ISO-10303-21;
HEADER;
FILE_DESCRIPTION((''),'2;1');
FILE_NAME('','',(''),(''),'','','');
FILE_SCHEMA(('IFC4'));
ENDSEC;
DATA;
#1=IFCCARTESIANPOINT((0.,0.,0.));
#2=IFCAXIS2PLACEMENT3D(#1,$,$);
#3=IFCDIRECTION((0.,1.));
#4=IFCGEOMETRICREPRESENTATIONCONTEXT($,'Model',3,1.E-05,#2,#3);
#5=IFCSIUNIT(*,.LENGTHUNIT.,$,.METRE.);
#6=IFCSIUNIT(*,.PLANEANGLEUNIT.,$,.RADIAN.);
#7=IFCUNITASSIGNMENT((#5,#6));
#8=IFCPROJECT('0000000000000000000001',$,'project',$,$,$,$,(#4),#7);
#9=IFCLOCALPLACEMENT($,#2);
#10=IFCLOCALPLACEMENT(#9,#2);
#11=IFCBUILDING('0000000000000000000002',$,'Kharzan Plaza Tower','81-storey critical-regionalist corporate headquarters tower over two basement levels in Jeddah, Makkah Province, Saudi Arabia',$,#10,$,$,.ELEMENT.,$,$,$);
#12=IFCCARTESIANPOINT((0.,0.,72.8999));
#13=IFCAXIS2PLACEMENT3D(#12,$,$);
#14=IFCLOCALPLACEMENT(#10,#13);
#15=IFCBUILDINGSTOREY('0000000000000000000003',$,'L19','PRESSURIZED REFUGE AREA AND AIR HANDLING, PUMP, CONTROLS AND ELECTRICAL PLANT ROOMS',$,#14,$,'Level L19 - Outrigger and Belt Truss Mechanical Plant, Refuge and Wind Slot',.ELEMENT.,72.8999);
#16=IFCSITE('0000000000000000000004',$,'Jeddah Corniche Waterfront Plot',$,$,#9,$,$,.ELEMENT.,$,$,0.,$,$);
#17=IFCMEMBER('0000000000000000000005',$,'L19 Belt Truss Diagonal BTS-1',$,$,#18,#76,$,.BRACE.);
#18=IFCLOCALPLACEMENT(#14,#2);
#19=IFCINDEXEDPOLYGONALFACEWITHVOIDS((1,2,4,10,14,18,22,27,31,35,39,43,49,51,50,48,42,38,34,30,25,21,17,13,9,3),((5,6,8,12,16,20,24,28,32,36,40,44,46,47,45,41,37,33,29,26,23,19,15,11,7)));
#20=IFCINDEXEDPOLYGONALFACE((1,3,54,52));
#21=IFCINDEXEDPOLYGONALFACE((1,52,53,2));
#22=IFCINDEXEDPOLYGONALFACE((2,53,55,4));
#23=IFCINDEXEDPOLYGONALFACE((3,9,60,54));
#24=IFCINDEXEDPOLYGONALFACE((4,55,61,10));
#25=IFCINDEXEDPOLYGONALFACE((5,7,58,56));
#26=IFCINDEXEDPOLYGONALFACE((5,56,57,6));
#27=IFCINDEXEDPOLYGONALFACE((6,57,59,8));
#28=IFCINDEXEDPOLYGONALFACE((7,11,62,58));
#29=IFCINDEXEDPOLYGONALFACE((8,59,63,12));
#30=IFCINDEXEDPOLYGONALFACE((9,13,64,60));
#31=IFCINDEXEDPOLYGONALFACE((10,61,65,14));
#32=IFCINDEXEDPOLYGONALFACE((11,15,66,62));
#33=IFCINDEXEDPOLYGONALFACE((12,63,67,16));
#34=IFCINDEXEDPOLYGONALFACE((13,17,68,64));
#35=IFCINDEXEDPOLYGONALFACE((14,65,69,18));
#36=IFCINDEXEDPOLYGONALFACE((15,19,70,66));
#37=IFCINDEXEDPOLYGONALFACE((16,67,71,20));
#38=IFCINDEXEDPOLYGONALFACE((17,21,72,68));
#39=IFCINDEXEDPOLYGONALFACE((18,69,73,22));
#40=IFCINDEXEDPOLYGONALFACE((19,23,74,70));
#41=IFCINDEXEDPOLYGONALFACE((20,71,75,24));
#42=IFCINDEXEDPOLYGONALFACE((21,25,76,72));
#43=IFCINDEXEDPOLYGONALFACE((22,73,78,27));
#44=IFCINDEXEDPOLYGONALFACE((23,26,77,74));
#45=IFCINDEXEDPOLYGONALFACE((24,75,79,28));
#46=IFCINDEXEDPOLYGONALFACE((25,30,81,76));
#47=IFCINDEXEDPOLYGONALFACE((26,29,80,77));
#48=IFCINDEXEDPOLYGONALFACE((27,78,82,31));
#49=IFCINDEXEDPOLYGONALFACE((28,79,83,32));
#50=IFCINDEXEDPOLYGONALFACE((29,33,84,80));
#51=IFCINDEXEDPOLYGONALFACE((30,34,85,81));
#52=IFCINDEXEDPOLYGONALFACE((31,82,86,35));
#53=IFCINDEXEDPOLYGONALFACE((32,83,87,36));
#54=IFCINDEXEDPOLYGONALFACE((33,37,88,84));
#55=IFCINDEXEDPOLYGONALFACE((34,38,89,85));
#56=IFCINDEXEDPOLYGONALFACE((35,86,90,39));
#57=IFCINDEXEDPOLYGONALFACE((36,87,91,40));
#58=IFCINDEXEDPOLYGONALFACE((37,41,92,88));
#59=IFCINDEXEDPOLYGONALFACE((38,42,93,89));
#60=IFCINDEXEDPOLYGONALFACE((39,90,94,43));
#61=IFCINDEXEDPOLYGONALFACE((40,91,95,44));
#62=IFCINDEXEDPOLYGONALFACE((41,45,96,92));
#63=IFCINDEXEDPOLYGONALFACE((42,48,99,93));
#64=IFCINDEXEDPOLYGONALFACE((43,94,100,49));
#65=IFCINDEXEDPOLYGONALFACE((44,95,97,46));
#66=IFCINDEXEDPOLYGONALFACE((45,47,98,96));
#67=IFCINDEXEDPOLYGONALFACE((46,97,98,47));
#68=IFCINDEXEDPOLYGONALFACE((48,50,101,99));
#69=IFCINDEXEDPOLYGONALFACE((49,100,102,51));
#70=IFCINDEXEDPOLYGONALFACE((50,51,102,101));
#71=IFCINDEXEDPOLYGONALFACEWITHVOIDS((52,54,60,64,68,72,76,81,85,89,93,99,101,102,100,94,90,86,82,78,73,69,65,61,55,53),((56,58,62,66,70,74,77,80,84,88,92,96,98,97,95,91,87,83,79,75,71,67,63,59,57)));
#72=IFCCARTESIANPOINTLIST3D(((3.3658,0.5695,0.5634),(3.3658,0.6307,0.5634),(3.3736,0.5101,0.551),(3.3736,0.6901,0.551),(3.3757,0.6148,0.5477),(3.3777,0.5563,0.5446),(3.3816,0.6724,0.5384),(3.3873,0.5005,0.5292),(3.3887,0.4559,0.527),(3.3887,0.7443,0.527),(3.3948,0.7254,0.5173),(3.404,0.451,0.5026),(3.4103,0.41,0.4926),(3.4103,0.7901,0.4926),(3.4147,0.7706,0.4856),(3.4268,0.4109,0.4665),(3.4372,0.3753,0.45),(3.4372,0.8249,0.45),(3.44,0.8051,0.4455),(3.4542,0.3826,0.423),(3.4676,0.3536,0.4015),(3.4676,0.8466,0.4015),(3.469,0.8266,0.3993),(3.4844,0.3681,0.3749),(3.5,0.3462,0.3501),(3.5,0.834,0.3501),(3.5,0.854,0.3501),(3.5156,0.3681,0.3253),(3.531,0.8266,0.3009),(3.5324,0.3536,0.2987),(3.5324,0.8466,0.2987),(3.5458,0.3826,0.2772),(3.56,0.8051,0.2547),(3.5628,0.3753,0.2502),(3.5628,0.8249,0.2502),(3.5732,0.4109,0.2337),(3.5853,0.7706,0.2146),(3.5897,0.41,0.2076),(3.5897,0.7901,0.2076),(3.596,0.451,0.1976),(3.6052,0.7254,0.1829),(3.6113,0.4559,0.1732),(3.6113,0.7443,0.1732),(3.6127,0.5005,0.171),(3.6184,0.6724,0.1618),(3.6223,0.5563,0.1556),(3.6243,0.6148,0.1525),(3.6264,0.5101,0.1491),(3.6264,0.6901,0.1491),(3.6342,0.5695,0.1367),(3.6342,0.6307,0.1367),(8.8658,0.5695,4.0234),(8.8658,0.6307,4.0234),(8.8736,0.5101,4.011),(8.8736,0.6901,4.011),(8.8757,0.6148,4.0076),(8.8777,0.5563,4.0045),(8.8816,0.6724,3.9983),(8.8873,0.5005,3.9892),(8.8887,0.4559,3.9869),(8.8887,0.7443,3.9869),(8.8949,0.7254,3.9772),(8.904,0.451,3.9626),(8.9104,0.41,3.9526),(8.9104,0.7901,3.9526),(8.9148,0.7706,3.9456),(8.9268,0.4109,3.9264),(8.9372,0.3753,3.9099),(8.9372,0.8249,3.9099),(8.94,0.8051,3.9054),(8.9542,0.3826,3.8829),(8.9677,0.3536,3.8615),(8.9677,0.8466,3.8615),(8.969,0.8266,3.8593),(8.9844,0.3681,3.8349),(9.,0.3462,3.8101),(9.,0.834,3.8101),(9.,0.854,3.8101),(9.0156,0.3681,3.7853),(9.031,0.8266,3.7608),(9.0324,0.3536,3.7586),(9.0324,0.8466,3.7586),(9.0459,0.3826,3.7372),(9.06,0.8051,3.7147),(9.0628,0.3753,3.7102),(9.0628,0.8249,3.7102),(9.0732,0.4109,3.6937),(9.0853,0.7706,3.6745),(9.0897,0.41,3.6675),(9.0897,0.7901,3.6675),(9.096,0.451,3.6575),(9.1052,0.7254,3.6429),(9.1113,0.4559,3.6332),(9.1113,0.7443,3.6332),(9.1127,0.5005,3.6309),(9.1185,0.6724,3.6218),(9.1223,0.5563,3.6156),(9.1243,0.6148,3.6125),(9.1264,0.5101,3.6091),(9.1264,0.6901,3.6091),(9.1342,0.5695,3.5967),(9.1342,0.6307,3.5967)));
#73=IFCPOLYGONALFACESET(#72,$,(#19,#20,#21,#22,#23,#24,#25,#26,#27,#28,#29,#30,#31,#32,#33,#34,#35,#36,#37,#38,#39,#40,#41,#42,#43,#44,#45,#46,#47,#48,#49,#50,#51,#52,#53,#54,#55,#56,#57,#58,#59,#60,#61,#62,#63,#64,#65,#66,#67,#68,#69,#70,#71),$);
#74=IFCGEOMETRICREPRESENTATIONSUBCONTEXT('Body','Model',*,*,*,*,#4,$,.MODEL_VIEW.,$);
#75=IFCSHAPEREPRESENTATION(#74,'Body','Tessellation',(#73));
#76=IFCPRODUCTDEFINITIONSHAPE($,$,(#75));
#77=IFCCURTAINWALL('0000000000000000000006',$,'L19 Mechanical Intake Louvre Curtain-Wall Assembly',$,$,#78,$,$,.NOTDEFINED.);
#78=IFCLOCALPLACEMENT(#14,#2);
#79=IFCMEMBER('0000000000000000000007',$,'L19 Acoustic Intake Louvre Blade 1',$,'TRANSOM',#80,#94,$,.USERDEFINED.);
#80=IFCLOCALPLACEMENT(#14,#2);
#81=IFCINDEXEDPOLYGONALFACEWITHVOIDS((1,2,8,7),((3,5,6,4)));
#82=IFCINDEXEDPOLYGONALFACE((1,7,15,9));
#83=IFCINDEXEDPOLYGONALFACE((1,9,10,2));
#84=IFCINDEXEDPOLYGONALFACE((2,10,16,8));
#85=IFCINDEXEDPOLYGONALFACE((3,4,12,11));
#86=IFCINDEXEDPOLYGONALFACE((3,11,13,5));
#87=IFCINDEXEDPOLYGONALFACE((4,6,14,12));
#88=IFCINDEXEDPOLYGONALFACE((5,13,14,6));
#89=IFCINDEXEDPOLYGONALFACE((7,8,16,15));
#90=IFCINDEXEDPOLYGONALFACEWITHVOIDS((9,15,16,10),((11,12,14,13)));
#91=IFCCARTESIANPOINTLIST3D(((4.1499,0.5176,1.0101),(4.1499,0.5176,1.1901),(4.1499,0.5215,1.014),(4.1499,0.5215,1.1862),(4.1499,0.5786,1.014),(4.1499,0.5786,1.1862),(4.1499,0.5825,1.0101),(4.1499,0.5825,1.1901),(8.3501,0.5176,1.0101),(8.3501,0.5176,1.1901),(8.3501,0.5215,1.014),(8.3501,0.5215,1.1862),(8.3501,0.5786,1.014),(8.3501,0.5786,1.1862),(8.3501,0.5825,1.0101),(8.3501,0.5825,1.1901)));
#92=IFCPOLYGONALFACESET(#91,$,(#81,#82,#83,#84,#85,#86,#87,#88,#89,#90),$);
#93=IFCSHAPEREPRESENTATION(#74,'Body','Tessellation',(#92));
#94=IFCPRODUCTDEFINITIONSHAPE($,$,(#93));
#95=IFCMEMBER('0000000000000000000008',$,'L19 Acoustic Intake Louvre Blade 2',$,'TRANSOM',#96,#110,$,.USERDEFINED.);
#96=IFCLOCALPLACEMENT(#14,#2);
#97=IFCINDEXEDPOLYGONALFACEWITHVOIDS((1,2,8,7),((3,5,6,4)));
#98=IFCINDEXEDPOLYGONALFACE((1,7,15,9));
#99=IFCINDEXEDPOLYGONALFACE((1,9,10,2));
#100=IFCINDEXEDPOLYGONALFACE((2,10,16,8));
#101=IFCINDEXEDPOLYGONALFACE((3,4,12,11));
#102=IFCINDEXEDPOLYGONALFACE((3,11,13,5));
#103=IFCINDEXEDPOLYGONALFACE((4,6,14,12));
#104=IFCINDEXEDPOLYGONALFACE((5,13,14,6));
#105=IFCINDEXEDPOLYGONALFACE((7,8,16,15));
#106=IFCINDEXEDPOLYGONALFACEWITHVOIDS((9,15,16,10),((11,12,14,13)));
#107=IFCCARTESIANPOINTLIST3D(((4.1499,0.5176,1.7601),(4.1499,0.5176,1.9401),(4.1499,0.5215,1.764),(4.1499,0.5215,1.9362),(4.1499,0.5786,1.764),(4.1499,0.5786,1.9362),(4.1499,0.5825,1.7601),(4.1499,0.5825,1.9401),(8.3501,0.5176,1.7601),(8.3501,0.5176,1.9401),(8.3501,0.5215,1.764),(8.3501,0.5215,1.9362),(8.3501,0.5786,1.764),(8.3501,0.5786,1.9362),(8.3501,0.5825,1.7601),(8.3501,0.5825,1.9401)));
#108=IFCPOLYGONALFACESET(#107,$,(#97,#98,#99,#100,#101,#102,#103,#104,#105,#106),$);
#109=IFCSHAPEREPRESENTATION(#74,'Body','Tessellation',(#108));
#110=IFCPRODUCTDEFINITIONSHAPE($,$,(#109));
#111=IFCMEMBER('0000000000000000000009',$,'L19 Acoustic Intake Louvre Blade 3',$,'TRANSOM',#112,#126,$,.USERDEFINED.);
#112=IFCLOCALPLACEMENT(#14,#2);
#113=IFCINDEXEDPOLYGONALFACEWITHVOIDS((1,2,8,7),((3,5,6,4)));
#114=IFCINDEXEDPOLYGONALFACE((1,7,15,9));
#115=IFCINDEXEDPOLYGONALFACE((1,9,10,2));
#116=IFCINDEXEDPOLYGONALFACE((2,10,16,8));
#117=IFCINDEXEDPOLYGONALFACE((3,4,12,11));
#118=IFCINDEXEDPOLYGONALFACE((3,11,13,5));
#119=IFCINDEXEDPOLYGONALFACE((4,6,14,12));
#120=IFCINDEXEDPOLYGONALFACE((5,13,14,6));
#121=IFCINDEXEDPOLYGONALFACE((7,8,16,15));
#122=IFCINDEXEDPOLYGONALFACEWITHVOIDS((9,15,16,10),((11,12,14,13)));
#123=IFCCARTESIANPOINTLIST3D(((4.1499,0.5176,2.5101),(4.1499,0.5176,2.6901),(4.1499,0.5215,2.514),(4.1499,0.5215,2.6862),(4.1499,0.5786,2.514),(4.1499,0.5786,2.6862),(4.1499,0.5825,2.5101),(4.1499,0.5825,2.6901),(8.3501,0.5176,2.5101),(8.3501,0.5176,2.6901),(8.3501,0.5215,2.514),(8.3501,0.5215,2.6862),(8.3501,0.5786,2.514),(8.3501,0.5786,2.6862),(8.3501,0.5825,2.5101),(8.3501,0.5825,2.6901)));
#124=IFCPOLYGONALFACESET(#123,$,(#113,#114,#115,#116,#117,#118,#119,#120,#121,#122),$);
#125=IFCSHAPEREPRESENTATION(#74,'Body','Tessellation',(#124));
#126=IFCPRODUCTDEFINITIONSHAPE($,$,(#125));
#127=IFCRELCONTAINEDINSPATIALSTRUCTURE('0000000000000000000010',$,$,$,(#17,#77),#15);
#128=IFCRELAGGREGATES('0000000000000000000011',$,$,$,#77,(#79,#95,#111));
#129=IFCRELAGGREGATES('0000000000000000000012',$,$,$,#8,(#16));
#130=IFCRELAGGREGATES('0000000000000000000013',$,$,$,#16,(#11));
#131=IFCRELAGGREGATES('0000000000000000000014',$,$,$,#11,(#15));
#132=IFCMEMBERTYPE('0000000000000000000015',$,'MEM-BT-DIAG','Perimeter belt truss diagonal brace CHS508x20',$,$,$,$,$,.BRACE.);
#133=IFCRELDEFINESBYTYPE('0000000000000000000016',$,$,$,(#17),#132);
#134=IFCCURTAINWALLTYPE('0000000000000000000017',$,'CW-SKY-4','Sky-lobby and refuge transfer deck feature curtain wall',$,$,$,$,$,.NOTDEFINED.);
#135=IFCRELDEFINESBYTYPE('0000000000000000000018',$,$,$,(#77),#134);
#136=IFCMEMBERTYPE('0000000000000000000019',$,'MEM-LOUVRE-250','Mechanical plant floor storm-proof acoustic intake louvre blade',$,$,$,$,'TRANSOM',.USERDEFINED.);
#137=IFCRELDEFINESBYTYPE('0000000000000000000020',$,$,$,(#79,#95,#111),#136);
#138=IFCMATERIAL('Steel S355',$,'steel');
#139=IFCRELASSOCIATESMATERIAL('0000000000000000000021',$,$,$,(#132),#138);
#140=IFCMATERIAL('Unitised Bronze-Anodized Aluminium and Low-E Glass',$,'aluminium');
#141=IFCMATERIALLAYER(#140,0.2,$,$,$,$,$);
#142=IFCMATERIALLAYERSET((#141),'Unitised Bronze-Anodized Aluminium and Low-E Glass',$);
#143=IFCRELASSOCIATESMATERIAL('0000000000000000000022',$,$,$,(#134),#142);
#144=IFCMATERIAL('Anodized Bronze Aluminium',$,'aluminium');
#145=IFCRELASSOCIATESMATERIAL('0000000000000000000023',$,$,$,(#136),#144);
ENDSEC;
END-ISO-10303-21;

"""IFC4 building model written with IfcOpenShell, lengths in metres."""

from ifc_helpers import new_model, si_unit, direction, frame, origin, origin_2d, place, context, subcontext, project, spatial, hollow_rectangle, hollow_circle, extrude, source, transform, mapped, material, layer, layer_set, material_profile, profile_set, type_object, element, aggregate, save


model = new_model("IFC4")

# Units and contexts
model_context = context("Model", 3, precision=1e-05, world=origin(), true_north=direction((0.0, 1.0)))
body_context = subcontext(model_context, "Body", "Model", "MODEL_VIEW")
ifc_project = project(units=[si_unit("LENGTHUNIT", "METRE"), si_unit("PLANEANGLEUNIT", "RADIAN")], contexts=[model_context])

# Site, building, storey
site_placement = place(None, origin())
site = spatial("IfcSite", under=ifc_project, at=site_placement, Name="Jeddah Corniche Waterfront Plot", CompositionType="ELEMENT", RefElevation=0.0)
building_placement = place(site_placement, origin())
building = spatial("IfcBuilding", under=site, at=building_placement, Name="Kharzan Plaza Tower", Description="81-storey critical-regionalist corporate headquarters tower over two basement levels in Jeddah, Makkah Province, Saudi Arabia", CompositionType="ELEMENT")
storey_placement = place(building_placement, frame((0.0, 0.0, 72.8999)))
storey = spatial("IfcBuildingStorey", under=building, at=storey_placement, Name="L19", Description="PRESSURIZED REFUGE AREA AND AIR HANDLING, PUMP, CONTROLS AND ELECTRICAL PLANT ROOMS", LongName="Level L19 - Outrigger and Belt Truss Mechanical Plant, Refuge and Wind Slot", CompositionType="ELEMENT", Elevation=72.8999)

# Shared definitions
ifc_material_1 = material(Name="Steel S355", Category="steel")

# Member
ifc_material_profile_1 = material_profile(ifc_material_1, hollow_circle(Radius=0.2539, WallThickness=0.02, at=origin_2d()), Name="CHS508x20")
ifc_profile_set_1 = profile_set([ifc_material_profile_1], Name="Steel S355")
member_type_1 = type_object("IfcMemberType", Name="MEM-BT-DIAG", Description="Perimeter belt truss diagonal brace CHS508x20", PredefinedType="BRACE", material=ifc_profile_set_1)
shared_shape_1 = source(origin(), body_context, "Body", "SweptSolid", [
    extrude(hollow_circle(Radius=0.2539, WallThickness=0.02, at=origin_2d()), origin(), (0.0, 0.0, 1.0), 6.4978),
])
member_1_placement = place(storey_placement, frame((3.5, 0.6001, 0.3501), z_axis=(0.846441, 0.0, 0.532482), x_axis=(0.0, 1.0, 0.0)))
element("IfcMember", 1, at=member_1_placement, inside=storey, type_object=member_type_1, Name="L19 Belt Truss Diagonal BTS-1", PredefinedType="BRACE", context=body_context, shape_type="MappedRepresentation", body=[
    mapped(shared_shape_1, transform((0.0, 0.0, 0.0), x_axis=(1.0, 0.0, 0.0), y_axis=(0.0, 1.0, 0.0), z_axis=(0.0, 0.0, 1.0))),
])

# Curtain wall, members
ifc_material_2 = material(Name="Unitised Bronze-Anodized Aluminium and Low-E Glass", Category="aluminium")
ifc_layer_1 = layer(ifc_material_2, 0.2)
ifc_layer_set_1 = layer_set([ifc_layer_1], Name="Unitised Bronze-Anodized Aluminium and Low-E Glass")
curtain_wall_type = type_object("IfcCurtainWallType", Name="CW-SKY-4", Description="Sky-lobby and refuge transfer deck feature curtain wall", PredefinedType="NOTDEFINED", material=ifc_layer_set_1)
curtain_wall_placement = place(storey_placement, origin())
curtain_wall = element("IfcCurtainWall", 2, at=curtain_wall_placement, inside=storey, type_object=curtain_wall_type, Name="L19 Mechanical Intake Louvre Curtain-Wall Assembly", PredefinedType="NOTDEFINED")
ifc_material_3 = material(Name="Anodized Bronze Aluminium", Category="aluminium")
ifc_material_profile_2 = material_profile(ifc_material_3, hollow_rectangle(XDim=0.0649, YDim=0.1799, WallThickness=0.0039, at=origin_2d()), Name="ALU-M180x65x4")
ifc_profile_set_2 = profile_set([ifc_material_profile_2], Name="Anodized Bronze Aluminium")
member_type_2 = type_object("IfcMemberType", Name="MEM-LOUVRE-250", Description="Mechanical plant floor storm-proof acoustic intake louvre blade", ElementType="TRANSOM", PredefinedType="USERDEFINED", material=ifc_profile_set_2)
shared_shape_2 = source(origin(), body_context, "Body", "SweptSolid", [
    extrude(hollow_rectangle(XDim=0.0649, YDim=0.1799, WallThickness=0.0039, at=origin_2d()), origin(), (0.0, 0.0, 1.0), 4.2002),
])
member_2_placement = place(storey_placement, frame((4.1499, 0.55, 1.1001), z_axis=(1.0, 0.0, 0.0), x_axis=(0.0, 1.0, 0.0)))
member_2 = element("IfcMember", 3, at=member_2_placement, type_object=member_type_2, Name="L19 Acoustic Intake Louvre Blade 1", ObjectType="TRANSOM", PredefinedType="USERDEFINED", context=body_context, shape_type="MappedRepresentation", body=[
    mapped(shared_shape_2, transform((0.0, 0.0, 0.0), x_axis=(1.0, 0.0, 0.0), y_axis=(0.0, 1.0, 0.0), z_axis=(0.0, 0.0, 1.0))),
])
member_3_placement = place(storey_placement, frame((4.1499, 0.55, 1.8501), z_axis=(1.0, 0.0, 0.0), x_axis=(0.0, 1.0, 0.0)))
member_3 = element("IfcMember", 4, at=member_3_placement, type_object=member_type_2, Name="L19 Acoustic Intake Louvre Blade 2", ObjectType="TRANSOM", PredefinedType="USERDEFINED", context=body_context, shape_type="MappedRepresentation", body=[
    mapped(shared_shape_2, transform((0.0, 0.0, 0.0), x_axis=(1.0, 0.0, 0.0), y_axis=(0.0, 1.0, 0.0), z_axis=(0.0, 0.0, 1.0))),
])
member_4_placement = place(storey_placement, frame((4.1499, 0.55, 2.6001), z_axis=(1.0, 0.0, 0.0), x_axis=(0.0, 1.0, 0.0)))
member_4 = element("IfcMember", 5, at=member_4_placement, type_object=member_type_2, Name="L19 Acoustic Intake Louvre Blade 3", ObjectType="TRANSOM", PredefinedType="USERDEFINED", context=body_context, shape_type="MappedRepresentation", body=[
    mapped(shared_shape_2, transform((0.0, 0.0, 0.0), x_axis=(1.0, 0.0, 0.0), y_axis=(0.0, 1.0, 0.0), z_axis=(0.0, 0.0, 1.0))),
])
aggregate(curtain_wall, [member_2, member_3, member_4])

save(model, "model.ifc")
